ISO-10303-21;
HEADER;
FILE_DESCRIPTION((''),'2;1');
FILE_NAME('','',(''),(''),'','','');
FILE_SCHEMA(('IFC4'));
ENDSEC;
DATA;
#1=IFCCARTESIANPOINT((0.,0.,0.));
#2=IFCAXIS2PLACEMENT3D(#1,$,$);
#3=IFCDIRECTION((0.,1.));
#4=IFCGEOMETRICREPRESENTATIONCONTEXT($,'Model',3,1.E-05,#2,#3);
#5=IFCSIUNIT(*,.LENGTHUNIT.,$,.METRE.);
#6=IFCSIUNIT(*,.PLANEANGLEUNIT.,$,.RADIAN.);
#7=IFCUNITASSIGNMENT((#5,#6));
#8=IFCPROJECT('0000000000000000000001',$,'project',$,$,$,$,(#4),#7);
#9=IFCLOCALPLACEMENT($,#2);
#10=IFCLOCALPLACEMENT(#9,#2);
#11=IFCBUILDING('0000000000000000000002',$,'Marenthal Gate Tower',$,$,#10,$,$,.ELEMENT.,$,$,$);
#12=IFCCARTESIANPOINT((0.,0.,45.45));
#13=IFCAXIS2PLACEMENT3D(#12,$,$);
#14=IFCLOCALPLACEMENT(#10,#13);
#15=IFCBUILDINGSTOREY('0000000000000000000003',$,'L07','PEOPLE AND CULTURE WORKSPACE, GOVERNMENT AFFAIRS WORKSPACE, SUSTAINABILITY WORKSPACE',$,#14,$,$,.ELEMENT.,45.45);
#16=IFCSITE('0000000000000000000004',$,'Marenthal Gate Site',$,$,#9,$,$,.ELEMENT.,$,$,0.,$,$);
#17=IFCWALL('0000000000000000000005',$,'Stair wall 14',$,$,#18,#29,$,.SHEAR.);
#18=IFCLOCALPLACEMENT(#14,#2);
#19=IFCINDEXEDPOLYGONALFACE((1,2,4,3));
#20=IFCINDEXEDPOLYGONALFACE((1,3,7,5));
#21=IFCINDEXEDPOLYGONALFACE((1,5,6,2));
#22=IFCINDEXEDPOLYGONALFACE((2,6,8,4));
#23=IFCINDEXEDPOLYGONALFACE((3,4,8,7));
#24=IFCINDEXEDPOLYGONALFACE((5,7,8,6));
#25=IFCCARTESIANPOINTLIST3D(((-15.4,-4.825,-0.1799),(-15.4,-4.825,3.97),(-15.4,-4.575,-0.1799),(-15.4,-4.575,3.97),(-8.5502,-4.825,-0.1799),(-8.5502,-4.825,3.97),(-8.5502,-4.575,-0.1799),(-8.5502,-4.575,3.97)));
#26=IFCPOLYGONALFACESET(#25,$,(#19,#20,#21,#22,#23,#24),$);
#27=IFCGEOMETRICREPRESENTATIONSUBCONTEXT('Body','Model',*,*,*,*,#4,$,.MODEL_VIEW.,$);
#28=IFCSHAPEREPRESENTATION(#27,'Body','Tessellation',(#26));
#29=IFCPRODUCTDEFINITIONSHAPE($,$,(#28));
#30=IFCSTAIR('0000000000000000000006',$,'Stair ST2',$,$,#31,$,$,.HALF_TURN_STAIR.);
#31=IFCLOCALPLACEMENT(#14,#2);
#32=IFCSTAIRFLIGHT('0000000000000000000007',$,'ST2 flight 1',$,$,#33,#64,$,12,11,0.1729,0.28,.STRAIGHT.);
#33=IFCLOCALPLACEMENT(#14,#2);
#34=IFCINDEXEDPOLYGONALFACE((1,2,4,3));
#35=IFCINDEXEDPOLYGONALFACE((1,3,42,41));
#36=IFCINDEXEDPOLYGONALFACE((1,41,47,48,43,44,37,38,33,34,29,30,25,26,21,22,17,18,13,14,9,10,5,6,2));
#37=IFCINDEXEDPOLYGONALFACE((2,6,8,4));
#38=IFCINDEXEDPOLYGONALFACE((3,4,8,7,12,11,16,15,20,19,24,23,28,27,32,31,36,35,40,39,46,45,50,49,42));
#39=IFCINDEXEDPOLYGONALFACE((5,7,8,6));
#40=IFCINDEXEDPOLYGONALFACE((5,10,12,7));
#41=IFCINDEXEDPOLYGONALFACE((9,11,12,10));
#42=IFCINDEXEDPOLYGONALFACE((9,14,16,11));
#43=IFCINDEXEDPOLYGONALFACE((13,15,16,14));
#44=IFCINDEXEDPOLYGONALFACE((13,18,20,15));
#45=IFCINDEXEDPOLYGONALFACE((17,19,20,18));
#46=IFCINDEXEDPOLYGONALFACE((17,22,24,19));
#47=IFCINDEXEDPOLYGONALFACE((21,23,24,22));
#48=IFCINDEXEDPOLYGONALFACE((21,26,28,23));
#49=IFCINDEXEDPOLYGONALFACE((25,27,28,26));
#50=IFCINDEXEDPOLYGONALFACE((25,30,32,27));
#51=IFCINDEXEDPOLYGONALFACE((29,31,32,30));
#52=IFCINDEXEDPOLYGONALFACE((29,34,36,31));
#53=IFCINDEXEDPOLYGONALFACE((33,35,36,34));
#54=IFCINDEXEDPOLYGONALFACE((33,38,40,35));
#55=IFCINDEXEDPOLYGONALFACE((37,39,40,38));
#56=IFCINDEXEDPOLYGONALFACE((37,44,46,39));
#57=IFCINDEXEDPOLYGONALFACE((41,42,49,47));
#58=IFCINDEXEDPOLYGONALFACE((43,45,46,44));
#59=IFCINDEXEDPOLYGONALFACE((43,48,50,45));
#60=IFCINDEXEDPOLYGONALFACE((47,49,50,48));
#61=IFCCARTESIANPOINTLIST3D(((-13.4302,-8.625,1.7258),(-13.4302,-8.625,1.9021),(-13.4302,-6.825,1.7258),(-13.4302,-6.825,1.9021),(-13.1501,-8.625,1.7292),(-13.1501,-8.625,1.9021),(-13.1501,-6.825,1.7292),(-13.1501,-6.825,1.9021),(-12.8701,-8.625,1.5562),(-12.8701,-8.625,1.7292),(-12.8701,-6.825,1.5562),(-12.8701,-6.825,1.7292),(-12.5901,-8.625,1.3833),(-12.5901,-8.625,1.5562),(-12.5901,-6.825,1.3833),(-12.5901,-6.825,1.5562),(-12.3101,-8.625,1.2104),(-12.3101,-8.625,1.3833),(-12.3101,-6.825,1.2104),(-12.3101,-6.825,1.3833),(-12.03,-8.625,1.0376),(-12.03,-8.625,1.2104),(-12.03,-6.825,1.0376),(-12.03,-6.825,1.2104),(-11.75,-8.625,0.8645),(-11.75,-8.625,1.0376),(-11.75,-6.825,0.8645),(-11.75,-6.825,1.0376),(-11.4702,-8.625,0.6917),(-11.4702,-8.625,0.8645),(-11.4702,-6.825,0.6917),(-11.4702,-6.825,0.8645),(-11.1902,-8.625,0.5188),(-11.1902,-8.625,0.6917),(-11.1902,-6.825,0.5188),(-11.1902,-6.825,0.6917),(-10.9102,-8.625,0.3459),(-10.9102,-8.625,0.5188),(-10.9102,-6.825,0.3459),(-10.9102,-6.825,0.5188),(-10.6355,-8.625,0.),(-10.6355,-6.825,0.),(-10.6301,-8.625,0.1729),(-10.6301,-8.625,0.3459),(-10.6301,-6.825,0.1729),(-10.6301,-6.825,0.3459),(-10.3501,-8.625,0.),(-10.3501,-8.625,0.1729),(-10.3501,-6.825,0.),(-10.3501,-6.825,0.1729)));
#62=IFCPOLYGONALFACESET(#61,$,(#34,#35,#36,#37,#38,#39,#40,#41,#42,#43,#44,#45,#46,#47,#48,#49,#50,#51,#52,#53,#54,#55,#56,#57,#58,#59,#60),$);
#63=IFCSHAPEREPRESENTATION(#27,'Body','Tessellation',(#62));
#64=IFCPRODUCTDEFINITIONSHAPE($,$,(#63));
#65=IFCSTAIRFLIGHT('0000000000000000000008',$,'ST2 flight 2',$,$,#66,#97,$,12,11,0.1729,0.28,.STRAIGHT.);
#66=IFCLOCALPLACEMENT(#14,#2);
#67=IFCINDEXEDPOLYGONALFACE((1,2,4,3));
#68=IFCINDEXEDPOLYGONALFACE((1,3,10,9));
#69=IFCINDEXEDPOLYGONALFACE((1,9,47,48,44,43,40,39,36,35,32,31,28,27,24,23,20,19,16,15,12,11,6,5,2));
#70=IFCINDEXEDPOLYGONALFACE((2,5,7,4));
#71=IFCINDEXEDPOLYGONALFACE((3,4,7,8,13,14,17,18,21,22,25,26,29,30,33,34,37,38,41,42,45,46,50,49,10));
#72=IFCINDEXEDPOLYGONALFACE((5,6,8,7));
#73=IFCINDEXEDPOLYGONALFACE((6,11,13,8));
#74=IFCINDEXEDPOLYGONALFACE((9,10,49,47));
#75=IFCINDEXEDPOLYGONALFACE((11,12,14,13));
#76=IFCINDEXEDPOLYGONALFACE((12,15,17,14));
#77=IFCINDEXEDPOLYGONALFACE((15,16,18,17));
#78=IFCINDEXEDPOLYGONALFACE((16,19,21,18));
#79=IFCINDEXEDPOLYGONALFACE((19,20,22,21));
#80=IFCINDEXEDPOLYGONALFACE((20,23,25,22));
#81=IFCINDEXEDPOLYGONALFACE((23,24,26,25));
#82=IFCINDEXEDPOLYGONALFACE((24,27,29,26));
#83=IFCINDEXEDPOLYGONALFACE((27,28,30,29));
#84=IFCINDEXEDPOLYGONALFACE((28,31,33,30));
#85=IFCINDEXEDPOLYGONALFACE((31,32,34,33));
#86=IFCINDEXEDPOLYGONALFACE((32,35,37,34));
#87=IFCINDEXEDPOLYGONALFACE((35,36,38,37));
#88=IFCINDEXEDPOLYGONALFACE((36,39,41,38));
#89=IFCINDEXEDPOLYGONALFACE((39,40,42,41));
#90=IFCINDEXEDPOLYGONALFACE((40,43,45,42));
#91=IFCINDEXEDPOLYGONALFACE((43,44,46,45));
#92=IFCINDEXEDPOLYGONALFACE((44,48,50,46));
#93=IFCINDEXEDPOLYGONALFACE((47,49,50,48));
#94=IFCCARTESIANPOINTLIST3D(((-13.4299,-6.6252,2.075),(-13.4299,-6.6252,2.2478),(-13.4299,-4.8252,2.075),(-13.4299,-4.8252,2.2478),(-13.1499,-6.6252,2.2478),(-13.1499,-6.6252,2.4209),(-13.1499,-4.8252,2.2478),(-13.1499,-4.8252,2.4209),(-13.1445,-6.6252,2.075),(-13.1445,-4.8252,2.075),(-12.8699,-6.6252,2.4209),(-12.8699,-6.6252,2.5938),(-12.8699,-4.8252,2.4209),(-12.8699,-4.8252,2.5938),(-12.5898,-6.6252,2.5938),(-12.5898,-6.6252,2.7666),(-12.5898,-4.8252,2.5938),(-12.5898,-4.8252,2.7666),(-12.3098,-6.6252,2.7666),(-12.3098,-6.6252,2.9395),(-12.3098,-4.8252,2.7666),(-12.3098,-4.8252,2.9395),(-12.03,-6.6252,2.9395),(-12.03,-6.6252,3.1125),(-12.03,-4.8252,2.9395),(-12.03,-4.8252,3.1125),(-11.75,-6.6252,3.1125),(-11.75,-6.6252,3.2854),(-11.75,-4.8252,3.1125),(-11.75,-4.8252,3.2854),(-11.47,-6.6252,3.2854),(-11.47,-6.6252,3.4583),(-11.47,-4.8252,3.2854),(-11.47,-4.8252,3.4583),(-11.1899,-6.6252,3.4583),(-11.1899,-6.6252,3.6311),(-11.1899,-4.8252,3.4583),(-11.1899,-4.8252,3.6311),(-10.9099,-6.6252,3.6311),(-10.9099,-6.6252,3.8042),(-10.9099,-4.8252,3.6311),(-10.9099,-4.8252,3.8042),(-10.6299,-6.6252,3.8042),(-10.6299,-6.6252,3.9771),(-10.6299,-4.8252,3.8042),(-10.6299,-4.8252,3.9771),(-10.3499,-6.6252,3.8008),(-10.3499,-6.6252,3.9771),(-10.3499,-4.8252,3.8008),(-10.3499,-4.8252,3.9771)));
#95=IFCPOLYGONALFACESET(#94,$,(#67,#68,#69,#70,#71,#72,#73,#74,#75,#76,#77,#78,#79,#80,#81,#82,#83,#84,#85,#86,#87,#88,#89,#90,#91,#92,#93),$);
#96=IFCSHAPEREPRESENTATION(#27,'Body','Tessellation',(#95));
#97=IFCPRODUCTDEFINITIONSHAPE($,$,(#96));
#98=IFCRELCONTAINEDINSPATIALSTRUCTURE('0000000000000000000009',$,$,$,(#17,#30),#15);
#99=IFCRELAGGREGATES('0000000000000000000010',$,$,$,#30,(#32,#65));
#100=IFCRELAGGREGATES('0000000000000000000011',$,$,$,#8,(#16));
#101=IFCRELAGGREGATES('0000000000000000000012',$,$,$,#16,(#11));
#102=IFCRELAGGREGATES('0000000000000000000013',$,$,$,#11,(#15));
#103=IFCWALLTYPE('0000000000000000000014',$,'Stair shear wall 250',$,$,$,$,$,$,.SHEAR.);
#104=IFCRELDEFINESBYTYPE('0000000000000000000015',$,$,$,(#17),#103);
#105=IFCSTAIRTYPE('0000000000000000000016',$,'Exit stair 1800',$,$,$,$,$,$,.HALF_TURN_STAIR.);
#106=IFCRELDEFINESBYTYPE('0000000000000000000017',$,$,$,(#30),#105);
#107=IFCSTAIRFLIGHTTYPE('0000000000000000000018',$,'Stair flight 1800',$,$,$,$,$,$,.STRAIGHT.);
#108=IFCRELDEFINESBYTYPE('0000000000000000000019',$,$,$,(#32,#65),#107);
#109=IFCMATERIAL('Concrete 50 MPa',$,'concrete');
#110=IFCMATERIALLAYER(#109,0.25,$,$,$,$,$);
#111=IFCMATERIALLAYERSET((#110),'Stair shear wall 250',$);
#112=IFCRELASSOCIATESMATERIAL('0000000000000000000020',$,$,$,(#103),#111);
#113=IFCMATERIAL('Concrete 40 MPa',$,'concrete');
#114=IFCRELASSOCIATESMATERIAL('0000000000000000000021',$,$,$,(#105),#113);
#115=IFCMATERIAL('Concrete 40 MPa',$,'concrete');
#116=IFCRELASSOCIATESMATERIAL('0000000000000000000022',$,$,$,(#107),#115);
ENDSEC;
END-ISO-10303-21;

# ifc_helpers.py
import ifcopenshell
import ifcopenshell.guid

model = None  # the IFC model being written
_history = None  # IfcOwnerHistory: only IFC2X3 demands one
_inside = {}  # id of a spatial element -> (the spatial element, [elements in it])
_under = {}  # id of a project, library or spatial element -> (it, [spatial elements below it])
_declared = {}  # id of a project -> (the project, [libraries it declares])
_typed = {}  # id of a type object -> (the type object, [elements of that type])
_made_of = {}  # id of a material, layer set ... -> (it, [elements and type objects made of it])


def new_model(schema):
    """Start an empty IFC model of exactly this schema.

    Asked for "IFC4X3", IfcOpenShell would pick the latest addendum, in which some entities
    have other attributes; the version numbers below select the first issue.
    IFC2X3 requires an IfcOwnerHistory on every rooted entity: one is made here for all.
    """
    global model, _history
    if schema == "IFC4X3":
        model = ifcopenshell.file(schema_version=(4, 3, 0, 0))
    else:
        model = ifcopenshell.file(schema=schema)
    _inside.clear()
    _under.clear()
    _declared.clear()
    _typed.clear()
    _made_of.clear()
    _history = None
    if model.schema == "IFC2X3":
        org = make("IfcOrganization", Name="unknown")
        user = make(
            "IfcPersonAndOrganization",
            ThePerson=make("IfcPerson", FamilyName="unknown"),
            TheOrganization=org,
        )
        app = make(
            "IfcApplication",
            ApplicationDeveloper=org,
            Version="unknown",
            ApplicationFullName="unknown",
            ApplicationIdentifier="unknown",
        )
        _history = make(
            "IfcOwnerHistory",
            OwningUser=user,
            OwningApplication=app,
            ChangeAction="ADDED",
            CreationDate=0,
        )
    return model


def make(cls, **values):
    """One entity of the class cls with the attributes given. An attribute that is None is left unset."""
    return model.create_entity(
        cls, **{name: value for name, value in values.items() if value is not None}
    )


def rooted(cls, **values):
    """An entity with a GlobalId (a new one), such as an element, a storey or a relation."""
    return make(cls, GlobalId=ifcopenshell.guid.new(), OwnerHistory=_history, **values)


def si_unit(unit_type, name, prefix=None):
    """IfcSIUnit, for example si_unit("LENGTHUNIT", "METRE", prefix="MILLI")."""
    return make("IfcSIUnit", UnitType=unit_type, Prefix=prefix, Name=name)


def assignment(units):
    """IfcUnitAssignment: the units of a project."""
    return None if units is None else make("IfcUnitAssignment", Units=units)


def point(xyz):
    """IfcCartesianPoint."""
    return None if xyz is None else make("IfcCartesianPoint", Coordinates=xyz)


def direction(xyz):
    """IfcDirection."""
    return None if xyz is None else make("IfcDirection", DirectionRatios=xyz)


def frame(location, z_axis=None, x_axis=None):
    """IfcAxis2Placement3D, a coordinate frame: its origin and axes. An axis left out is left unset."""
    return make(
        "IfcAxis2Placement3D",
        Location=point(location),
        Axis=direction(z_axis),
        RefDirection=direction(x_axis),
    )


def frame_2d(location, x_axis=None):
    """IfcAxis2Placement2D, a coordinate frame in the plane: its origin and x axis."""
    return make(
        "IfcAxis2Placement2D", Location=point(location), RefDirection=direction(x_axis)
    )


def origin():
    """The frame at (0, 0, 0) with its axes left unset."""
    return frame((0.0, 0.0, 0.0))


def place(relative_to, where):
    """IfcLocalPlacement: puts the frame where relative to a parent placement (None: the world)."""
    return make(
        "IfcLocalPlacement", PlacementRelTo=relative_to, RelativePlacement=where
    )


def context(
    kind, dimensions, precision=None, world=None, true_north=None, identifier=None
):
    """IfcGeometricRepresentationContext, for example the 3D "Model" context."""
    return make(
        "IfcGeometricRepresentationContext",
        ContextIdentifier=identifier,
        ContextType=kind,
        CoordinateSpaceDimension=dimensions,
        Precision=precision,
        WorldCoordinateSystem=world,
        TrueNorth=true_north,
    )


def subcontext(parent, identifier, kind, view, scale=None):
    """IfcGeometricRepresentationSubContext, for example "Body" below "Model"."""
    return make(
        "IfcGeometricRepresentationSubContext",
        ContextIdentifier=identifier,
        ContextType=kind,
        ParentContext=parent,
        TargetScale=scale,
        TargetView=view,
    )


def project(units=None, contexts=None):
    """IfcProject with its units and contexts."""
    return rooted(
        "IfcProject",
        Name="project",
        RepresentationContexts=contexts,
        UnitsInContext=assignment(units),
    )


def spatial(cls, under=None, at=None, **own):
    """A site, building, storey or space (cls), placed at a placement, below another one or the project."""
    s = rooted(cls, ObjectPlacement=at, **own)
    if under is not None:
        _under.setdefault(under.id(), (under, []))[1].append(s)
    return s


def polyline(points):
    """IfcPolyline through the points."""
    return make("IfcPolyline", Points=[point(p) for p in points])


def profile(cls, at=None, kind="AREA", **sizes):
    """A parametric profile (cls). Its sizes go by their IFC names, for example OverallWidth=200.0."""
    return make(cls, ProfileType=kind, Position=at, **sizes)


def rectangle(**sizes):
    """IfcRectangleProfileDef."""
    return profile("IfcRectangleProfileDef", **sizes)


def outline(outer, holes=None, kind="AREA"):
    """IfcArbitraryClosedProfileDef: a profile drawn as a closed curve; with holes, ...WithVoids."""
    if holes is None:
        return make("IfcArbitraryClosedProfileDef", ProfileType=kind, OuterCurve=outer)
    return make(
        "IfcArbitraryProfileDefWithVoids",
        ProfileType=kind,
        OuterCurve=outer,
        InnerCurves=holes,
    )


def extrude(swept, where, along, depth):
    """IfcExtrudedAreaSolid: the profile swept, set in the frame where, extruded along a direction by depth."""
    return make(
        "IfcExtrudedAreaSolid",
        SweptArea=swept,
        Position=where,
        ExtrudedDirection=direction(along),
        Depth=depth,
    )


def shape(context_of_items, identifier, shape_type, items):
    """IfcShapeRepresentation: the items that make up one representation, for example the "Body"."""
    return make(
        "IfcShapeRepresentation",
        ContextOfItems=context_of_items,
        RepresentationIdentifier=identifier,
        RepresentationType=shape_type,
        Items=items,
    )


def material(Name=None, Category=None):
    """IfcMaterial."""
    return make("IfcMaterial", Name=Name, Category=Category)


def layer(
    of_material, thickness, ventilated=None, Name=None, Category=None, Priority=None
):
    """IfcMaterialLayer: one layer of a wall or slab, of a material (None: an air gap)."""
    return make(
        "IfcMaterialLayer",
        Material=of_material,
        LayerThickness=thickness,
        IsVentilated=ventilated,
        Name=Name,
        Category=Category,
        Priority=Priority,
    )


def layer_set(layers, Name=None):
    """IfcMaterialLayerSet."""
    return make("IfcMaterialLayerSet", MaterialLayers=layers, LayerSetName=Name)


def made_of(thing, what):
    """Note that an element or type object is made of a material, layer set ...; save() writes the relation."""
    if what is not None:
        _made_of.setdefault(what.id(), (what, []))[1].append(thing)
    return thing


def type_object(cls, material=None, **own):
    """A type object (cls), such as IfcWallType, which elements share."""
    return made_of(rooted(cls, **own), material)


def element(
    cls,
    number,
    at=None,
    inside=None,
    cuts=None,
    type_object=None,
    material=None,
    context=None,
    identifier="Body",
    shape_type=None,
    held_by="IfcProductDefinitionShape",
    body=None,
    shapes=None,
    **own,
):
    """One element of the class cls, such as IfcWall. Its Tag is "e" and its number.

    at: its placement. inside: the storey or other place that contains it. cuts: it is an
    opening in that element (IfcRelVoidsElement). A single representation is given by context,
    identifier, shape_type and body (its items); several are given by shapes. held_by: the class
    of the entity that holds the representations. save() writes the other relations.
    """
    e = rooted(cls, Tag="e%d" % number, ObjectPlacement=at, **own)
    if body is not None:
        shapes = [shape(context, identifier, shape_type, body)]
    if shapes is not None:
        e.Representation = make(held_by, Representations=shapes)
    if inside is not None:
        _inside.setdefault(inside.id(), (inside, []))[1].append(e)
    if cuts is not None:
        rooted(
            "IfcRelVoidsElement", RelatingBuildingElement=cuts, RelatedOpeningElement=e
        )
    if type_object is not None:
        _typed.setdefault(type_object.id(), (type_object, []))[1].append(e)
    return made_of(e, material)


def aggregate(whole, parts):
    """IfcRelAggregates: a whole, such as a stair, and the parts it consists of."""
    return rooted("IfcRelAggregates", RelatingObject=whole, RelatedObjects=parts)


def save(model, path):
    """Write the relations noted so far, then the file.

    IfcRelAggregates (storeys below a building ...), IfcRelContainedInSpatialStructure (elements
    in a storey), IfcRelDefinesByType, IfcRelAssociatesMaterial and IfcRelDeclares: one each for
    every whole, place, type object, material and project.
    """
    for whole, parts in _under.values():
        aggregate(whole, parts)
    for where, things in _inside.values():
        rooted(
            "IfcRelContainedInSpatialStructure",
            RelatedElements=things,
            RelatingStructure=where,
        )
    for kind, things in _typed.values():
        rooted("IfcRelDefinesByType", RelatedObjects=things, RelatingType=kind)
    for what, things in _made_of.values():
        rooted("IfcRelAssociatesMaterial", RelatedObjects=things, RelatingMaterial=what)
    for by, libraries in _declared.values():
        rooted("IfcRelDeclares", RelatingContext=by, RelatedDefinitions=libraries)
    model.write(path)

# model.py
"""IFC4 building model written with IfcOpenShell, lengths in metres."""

from ifc_helpers import new_model, si_unit, direction, frame, frame_2d, origin, place, context, subcontext, project, spatial, polyline, rectangle, outline, extrude, material, layer, layer_set, type_object, element, aggregate, save


model = new_model("IFC4")

# Units and contexts
model_context = context("Model", 3, precision=1e-05, world=origin(), true_north=direction((0.0, 1.0)))
body_context = subcontext(model_context, "Body", "Model", "MODEL_VIEW")
ifc_project = project(units=[si_unit("LENGTHUNIT", "METRE"), si_unit("PLANEANGLEUNIT", "RADIAN")], contexts=[model_context])

# Site, building, storey
site_placement = place(None, origin())
site = spatial("IfcSite", under=ifc_project, at=site_placement, Name="Marenthal Gate Site", CompositionType="ELEMENT", RefElevation=0.0)
building_placement = place(site_placement, origin())
building = spatial("IfcBuilding", under=site, at=building_placement, Name="Marenthal Gate Tower", CompositionType="ELEMENT")
storey_placement = place(building_placement, frame((0.0, 0.0, 45.45)))
storey = spatial("IfcBuildingStorey", under=building, at=storey_placement, Name="L07", Description="PEOPLE AND CULTURE WORKSPACE, GOVERNMENT AFFAIRS WORKSPACE, SUSTAINABILITY WORKSPACE", CompositionType="ELEMENT", Elevation=45.45)

# Shared definitions
ifc_material_1 = material(Name="Concrete 50 MPa", Category="concrete")
ifc_layer_1 = layer(ifc_material_1, 0.25)
ifc_layer_set_1 = layer_set([ifc_layer_1], Name="Stair shear wall 250")
wall_type_1 = type_object("IfcWallType", Name="Stair shear wall 250", PredefinedType="SHEAR", material=ifc_layer_set_1)

# Wall
wall_1_placement = place(storey_placement, frame((-15.3999, -4.7, -0.1799), z_axis=(0.0, 0.0, 1.0), x_axis=(1.0, 0.0, 0.0)))
element("IfcWall", 1, at=wall_1_placement, inside=storey, type_object=wall_type_1, Name="Stair wall 14", PredefinedType="SHEAR", context=body_context, shape_type="SweptSolid", body=[
    extrude(rectangle(XDim=6.8499, YDim=0.25, at=frame_2d((3.4248, 0.0))), origin(), (0.0, 0.0, 1.0), 4.1499),
])

# Stair, stair flights
ifc_material_2 = material(Name="Concrete 40 MPa", Category="concrete")
stair_type = type_object("IfcStairType", Name="Exit stair 1800", PredefinedType="HALF_TURN_STAIR", material=ifc_material_2)
stair_placement = place(storey_placement, origin())
stair = element("IfcStair", 2, at=stair_placement, inside=storey, type_object=stair_type, Name="Stair ST2", PredefinedType="HALF_TURN_STAIR")
ifc_material_3 = material(Name="Concrete 40 MPa", Category="concrete")
stair_flight_type = type_object("IfcStairFlightType", Name="Stair flight 1800", PredefinedType="STRAIGHT", material=ifc_material_3)
stair_flight_1_placement = place(storey_placement, frame((-10.3501, -7.7251, 0.0), z_axis=(0.0, 0.0, 1.0), x_axis=(-1.0, 0.0, 0.0)))
stair_flight_1 = element("IfcStairFlight", 3, at=stair_flight_1_placement, type_object=stair_flight_type, Name="ST2 flight 1", NumberOfRisers=12, NumberOfTreads=11, PredefinedType="STRAIGHT", RiserHeight=0.1729, TreadLength=0.28, context=body_context, shape_type="SweptSolid", body=[
    extrude(outline(polyline([(0.0, 0.0), (0.0, 0.1729), (0.28, 0.1729), (0.28, 0.3459), (0.5601, 0.3459), (0.5601, 0.5188), (0.8401, 0.5188), (0.8401, 0.6917), (1.1201, 0.6917), (1.1201, 0.8645), (1.3999, 0.8645), (1.3999, 1.0376), (1.6799, 1.0376), (1.6799, 1.2104), (1.96, 1.2104), (1.96, 1.3833), (2.24, 1.3833), (2.24, 1.5562), (2.52, 1.5562), (2.52, 1.7292), (2.8, 1.7292), (2.8, 1.9021), (3.0801, 1.9021), (3.0801, 2.075), (3.0801, 1.7258), (0.2854, 0.0), (0.0, 0.0)])), frame((0.0, 0.8999, 0.0), z_axis=(0.0, -1.0, 0.0), x_axis=(1.0, 0.0, 0.0)), (0.0, 0.0, 1.0), 1.8),
])
stair_flight_2_placement = place(storey_placement, frame((-13.4299, -5.7251, 2.075), z_axis=(0.0, 0.0, 1.0), x_axis=(1.0, 0.0, 0.0)))
stair_flight_2 = element("IfcStairFlight", 4, at=stair_flight_2_placement, type_object=stair_flight_type, Name="ST2 flight 2", NumberOfRisers=12, NumberOfTreads=11, PredefinedType="STRAIGHT", RiserHeight=0.1729, TreadLength=0.28, context=body_context, shape_type="SweptSolid", body=[
    extrude(outline(polyline([(0.0, 0.0), (0.0, 0.1729), (0.28, 0.1729), (0.28, 0.3459), (0.5601, 0.3459), (0.5601, 0.5188), (0.8401, 0.5188), (0.8401, 0.6917), (1.1201, 0.6917), (1.1201, 0.8645), (1.3999, 0.8645), (1.3999, 1.0376), (1.6799, 1.0376), (1.6799, 1.2104), (1.96, 1.2104), (1.96, 1.3833), (2.24, 1.3833), (2.24, 1.5562), (2.52, 1.5562), (2.52, 1.7292), (2.8, 1.7292), (2.8, 1.9021), (3.0801, 1.9021), (3.0801, 2.075), (3.0801, 1.7258), (0.2854, 0.0), (0.0, 0.0)])), frame((0.0, 0.8999, 0.0), z_axis=(0.0, -1.0, 0.0), x_axis=(1.0, 0.0, 0.0)), (0.0, 0.0, 1.0), 1.8),
])
aggregate(stair, [stair_flight_1, stair_flight_2])

save(model, "model.ifc")
